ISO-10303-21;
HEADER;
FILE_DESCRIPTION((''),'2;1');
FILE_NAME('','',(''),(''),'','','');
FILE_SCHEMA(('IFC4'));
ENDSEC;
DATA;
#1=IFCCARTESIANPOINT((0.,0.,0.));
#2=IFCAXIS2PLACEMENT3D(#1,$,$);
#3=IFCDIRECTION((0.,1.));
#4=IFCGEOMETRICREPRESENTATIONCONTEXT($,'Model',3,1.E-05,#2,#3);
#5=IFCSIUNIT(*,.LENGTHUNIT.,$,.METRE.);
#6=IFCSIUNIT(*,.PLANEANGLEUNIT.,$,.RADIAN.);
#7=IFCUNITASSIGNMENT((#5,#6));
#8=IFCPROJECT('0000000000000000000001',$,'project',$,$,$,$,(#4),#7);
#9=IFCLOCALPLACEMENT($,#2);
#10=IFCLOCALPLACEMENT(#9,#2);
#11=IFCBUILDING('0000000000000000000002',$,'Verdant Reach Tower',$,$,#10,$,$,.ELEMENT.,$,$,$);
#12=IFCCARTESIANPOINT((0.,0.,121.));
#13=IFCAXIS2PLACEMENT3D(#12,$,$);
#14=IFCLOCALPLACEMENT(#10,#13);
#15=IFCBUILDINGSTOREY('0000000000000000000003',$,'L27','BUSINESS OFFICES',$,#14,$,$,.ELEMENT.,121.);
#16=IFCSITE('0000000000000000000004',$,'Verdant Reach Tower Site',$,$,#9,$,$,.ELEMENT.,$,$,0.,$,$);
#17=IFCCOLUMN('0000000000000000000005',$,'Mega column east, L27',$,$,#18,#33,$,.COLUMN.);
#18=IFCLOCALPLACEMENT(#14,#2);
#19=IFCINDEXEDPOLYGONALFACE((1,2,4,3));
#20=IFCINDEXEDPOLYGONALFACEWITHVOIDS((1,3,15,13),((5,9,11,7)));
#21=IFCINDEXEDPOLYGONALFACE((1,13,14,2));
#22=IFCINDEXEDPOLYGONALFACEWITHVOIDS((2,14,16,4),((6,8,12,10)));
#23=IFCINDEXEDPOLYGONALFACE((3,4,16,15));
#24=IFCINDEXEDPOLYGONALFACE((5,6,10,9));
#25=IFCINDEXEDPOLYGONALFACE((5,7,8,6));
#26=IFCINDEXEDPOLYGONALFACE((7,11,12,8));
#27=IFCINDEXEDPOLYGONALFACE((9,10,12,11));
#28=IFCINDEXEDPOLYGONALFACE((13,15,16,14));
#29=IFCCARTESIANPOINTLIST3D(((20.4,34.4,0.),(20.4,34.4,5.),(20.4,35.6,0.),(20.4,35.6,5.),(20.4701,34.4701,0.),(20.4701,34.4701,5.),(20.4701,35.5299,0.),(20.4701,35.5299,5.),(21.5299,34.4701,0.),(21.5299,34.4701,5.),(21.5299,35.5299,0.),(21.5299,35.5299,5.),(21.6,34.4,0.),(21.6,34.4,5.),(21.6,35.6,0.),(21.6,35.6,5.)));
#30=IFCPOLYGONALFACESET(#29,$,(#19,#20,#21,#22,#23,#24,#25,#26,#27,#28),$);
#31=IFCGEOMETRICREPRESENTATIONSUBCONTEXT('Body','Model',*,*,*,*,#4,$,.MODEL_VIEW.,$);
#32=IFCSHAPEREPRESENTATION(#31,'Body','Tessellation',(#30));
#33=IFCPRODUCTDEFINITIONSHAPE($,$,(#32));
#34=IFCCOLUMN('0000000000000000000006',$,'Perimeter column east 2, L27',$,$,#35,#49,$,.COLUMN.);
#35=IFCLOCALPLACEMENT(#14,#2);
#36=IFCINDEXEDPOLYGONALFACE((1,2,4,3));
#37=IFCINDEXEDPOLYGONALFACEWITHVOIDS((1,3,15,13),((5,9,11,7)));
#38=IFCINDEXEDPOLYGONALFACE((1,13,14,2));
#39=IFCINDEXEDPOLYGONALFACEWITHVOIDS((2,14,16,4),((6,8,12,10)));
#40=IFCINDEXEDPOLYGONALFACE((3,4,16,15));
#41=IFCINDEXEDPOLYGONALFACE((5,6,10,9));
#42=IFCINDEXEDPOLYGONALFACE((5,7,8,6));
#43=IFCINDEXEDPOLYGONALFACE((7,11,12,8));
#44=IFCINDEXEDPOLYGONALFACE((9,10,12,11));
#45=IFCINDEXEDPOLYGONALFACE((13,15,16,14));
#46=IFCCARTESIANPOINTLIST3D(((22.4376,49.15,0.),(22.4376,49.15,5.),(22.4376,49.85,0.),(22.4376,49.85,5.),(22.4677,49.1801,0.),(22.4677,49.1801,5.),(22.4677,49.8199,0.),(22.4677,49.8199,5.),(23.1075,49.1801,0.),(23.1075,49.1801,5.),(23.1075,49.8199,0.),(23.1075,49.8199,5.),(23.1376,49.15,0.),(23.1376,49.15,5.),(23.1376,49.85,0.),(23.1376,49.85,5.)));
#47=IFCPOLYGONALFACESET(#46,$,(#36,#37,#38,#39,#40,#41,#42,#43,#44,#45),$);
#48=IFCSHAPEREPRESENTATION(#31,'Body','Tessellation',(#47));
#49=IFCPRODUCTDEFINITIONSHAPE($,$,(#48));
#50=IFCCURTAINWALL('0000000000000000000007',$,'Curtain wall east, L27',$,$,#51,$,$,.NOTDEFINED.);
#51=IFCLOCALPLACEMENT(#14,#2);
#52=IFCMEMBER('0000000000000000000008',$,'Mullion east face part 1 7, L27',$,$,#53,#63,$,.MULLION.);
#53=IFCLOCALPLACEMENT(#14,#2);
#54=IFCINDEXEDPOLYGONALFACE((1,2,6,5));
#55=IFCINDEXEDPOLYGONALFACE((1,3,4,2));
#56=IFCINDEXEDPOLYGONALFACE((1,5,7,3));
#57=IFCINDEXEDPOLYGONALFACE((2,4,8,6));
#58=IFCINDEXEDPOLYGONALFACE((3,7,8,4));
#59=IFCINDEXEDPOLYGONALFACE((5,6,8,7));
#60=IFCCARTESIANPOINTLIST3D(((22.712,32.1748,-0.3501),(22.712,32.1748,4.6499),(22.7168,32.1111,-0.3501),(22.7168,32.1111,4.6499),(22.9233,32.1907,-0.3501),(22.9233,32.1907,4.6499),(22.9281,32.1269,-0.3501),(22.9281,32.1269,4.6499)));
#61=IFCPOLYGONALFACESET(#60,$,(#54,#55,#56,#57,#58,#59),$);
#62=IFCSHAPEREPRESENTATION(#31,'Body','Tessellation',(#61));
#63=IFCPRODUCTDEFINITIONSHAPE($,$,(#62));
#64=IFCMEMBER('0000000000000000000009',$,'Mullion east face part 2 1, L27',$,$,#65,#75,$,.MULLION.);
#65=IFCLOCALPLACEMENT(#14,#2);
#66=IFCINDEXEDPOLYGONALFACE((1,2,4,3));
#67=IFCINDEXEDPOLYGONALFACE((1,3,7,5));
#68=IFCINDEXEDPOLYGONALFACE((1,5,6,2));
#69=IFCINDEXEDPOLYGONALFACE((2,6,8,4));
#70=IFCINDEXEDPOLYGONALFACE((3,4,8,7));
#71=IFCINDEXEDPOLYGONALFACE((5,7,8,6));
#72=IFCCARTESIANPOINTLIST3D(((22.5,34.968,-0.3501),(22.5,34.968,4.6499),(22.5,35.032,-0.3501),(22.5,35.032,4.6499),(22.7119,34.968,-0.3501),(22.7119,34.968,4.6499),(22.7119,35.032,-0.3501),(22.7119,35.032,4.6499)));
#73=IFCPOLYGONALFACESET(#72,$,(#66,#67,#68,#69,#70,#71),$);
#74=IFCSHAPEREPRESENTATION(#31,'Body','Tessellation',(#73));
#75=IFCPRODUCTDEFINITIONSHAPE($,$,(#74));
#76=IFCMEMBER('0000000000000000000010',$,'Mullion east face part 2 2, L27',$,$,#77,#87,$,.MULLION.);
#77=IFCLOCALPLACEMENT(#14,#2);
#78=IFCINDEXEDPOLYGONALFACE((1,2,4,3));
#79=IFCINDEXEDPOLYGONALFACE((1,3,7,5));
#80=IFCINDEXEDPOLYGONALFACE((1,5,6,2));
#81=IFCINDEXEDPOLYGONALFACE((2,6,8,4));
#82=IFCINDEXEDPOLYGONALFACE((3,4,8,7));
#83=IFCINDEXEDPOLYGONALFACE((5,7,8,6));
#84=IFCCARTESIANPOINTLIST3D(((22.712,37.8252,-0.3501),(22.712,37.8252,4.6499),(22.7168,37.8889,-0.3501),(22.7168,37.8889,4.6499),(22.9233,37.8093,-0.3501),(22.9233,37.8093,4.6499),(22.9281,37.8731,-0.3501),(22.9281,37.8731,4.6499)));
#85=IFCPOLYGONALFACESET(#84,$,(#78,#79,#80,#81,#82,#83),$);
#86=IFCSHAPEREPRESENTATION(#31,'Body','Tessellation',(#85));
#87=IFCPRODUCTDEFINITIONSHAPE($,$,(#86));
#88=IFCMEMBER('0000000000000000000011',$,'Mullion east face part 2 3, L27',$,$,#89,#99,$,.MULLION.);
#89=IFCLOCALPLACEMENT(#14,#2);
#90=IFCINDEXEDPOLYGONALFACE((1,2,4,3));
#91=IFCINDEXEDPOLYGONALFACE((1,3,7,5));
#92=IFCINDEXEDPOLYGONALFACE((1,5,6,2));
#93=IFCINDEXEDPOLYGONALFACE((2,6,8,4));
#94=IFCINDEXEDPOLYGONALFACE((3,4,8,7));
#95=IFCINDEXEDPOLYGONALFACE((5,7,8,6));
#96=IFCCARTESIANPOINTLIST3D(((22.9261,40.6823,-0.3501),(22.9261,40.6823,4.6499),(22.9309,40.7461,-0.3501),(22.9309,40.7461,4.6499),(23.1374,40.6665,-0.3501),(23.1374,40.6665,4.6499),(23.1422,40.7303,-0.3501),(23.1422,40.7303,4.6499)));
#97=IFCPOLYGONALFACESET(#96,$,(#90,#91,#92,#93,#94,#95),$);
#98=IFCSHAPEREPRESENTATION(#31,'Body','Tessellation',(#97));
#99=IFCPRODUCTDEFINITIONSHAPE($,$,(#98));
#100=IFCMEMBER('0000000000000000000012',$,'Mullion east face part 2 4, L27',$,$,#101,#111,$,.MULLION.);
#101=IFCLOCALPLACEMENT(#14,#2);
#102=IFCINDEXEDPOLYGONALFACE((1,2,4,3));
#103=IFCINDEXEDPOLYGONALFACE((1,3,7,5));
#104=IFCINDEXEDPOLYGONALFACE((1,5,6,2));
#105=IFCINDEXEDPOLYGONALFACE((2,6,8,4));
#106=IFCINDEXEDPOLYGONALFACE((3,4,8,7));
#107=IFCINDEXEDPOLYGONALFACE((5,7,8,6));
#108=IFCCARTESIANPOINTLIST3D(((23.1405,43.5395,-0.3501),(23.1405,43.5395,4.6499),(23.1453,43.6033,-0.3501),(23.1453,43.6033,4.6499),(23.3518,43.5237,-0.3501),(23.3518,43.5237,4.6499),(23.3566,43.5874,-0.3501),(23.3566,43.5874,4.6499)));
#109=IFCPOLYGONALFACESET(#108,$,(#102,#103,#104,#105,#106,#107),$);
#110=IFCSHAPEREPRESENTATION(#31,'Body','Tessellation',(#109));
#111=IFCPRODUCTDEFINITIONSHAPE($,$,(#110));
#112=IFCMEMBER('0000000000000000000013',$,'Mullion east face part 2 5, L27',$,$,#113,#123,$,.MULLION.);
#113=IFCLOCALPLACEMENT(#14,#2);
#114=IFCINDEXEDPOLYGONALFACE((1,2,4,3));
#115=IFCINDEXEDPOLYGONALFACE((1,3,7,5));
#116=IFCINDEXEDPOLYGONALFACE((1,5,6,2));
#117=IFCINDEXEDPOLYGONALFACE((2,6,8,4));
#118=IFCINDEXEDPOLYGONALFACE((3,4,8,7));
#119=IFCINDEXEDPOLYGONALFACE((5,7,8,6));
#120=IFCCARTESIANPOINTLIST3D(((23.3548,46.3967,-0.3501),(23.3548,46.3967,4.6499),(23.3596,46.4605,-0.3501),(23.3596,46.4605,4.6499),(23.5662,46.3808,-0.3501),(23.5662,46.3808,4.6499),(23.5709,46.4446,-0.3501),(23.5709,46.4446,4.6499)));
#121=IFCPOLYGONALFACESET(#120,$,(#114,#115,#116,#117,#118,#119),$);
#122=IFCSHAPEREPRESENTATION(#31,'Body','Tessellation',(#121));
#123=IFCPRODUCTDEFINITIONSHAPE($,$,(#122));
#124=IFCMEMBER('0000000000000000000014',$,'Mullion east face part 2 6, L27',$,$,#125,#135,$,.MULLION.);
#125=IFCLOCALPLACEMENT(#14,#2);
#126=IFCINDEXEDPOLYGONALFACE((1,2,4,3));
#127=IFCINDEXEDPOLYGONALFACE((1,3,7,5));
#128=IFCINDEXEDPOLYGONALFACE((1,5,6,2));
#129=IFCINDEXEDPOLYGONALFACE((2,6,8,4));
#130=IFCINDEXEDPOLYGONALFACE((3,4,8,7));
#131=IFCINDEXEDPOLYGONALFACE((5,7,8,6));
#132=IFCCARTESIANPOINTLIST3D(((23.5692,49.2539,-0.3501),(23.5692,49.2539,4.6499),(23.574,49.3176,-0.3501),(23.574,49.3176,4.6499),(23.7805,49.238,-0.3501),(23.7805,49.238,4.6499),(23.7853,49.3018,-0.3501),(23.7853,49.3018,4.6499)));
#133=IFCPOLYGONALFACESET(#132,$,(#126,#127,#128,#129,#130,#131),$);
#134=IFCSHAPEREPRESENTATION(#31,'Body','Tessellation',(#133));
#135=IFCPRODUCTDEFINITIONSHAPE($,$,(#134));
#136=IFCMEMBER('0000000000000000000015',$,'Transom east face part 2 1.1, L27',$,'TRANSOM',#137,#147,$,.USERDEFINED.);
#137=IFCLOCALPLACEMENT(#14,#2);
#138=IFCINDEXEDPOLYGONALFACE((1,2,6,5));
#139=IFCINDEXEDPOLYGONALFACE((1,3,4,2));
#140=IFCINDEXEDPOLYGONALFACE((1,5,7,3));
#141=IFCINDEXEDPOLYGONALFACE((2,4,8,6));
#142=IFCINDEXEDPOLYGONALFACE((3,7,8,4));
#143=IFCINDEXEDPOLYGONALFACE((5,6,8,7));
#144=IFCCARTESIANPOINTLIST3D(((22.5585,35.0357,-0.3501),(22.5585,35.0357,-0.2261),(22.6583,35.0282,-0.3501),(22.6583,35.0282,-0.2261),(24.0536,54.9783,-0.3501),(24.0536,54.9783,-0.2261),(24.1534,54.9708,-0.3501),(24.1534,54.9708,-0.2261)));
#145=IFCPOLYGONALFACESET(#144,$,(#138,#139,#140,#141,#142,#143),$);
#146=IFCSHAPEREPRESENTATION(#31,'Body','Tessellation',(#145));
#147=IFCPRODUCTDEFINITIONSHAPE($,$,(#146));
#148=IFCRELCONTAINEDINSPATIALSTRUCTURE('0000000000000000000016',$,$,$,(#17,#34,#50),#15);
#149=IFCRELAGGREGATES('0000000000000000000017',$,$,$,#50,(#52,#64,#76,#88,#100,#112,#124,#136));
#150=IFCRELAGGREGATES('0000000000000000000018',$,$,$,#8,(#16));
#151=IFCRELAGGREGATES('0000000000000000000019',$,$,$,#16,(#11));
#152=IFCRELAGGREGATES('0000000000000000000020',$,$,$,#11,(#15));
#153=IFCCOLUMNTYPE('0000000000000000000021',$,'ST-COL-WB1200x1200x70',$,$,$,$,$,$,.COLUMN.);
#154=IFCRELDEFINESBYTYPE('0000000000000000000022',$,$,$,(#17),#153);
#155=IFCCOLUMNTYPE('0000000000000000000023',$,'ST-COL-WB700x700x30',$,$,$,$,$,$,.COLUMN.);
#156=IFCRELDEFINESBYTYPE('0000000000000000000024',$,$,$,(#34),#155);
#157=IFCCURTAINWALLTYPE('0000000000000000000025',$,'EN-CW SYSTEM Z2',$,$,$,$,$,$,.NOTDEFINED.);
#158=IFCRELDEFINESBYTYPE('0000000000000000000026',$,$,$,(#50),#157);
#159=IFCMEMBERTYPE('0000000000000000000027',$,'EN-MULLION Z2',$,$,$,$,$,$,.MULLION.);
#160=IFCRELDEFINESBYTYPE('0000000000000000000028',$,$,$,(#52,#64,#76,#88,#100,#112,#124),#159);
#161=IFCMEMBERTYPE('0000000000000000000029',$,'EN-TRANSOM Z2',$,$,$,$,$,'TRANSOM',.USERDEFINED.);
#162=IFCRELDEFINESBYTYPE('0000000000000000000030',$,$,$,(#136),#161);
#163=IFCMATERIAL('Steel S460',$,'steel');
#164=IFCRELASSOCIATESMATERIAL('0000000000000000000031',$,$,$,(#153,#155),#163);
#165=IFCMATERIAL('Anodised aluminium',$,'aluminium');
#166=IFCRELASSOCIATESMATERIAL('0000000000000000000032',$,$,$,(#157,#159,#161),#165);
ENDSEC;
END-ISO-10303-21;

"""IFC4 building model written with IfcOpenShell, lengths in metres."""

from ifc_helpers import new_model, si_unit, direction, frame, origin, origin_2d, place, context, subcontext, project, spatial, rectangle, hollow_rectangle, extrude, material, material_profile, profile_set, type_object, element, aggregate, save


model = new_model("IFC4")

# Units and contexts
model_context = context("Model", 3, precision=1e-05, world=origin(), true_north=direction((0.0, 1.0)))
body_context = subcontext(model_context, "Body", "Model", "MODEL_VIEW")
ifc_project = project(units=[si_unit("LENGTHUNIT", "METRE"), si_unit("PLANEANGLEUNIT", "RADIAN")], contexts=[model_context])

# Site, building, storey
site_placement = place(None, origin())
site = spatial("IfcSite", under=ifc_project, at=site_placement, Name="Verdant Reach Tower Site", CompositionType="ELEMENT", RefElevation=0.0)
building_placement = place(site_placement, origin())
building = spatial("IfcBuilding", under=site, at=building_placement, Name="Verdant Reach Tower", CompositionType="ELEMENT")
storey_placement = place(building_placement, frame((0.0, 0.0, 121.0)))
storey = spatial("IfcBuildingStorey", under=building, at=storey_placement, Name="L27", Description="BUSINESS OFFICES", CompositionType="ELEMENT", Elevation=121.0)

# Columns
ifc_material_1 = material(Name="Steel S460", Category="steel")
ifc_material_profile_1 = material_profile(ifc_material_1, hollow_rectangle(XDim=1.2, YDim=1.2, WallThickness=0.0701, at=origin_2d()), Name="WB 1200x1200x70")
ifc_profile_set_1 = profile_set([ifc_material_profile_1], Name="Steel S460")
column_type_1 = type_object("IfcColumnType", Name="ST-COL-WB1200x1200x70", PredefinedType="COLUMN", material=ifc_profile_set_1)
column_1_placement = place(storey_placement, frame((21.0, 35.0, 0.0), z_axis=(0.0, 0.0, 1.0), x_axis=(1.0, 0.0, 0.0)))
element("IfcColumn", 1, at=column_1_placement, inside=storey, type_object=column_type_1, Name="Mega column east, L27", PredefinedType="COLUMN", context=body_context, shape_type="SweptSolid", body=[
    extrude(hollow_rectangle(XDim=1.2, YDim=1.2, WallThickness=0.0701, at=origin_2d()), origin(), (0.0, 0.0, 1.0), 5.0),
])
ifc_material_profile_2 = material_profile(ifc_material_1, hollow_rectangle(XDim=0.7, YDim=0.7, WallThickness=0.03, at=origin_2d()), Name="WB 700x700x30")
ifc_profile_set_2 = profile_set([ifc_material_profile_2], Name="Steel S460")
column_type_2 = type_object("IfcColumnType", Name="ST-COL-WB700x700x30", PredefinedType="COLUMN", material=ifc_profile_set_2)
column_2_placement = place(storey_placement, frame((22.7876, 49.5, 0.0), z_axis=(0.0, 0.0, 1.0), x_axis=(1.0, 0.0, 0.0)))
element("IfcColumn", 2, at=column_2_placement, inside=storey, type_object=column_type_2, Name="Perimeter column east 2, L27", PredefinedType="COLUMN", context=body_context, shape_type="SweptSolid", body=[
    extrude(hollow_rectangle(XDim=0.7, YDim=0.7, WallThickness=0.03, at=origin_2d()), origin(), (0.0, 0.0, 1.0), 5.0),
])

# Curtain wall, members
ifc_material_2 = material(Name="Anodised aluminium", Category="aluminium")
curtain_wall_type = type_object("IfcCurtainWallType", Name="EN-CW SYSTEM Z2", PredefinedType="NOTDEFINED", material=ifc_material_2)
curtain_wall_placement = place(storey_placement, origin())
curtain_wall = element("IfcCurtainWall", 3, at=curtain_wall_placement, inside=storey, type_object=curtain_wall_type, Name="Curtain wall east, L27", PredefinedType="NOTDEFINED")
ifc_material_profile_3 = material_profile(ifc_material_2, rectangle(XDim=0.2119, YDim=0.064, at=origin_2d()), Name="Mullion 64x212")
ifc_profile_set_3 = profile_set([ifc_material_profile_3], Name="Anodised aluminium")
member_type_1 = type_object("IfcMemberType", Name="EN-MULLION Z2", PredefinedType="MULLION", material=ifc_profile_set_3)
member_1_placement = place(storey_placement, frame((22.8201, 32.1509, -0.3501), z_axis=(0.0, 0.0, 1.0), x_axis=(0.997199, 0.07479, 0.0)))
member_1 = element("IfcMember", 4, at=member_1_placement, type_object=member_type_1, Name="Mullion east face part 1 7, L27", PredefinedType="MULLION", context=body_context, shape_type="SweptSolid", body=[
    extrude(rectangle(XDim=0.2119, YDim=0.064, at=origin_2d()), origin(), (0.0, 0.0, 1.0), 5.0),
])
member_2_placement = place(storey_placement, frame((22.606, 35.0, -0.3501), z_axis=(0.0, 0.0, 1.0), x_axis=(1.0, 0.0, 0.0)))
member_2 = element("IfcMember", 5, at=member_2_placement, type_object=member_type_1, Name="Mullion east face part 2 1, L27", PredefinedType="MULLION", context=body_context, shape_type="SweptSolid", body=[
    extrude(rectangle(XDim=0.2119, YDim=0.064, at=origin_2d()), origin(), (0.0, 0.0, 1.0), 5.0),
])
member_3_placement = place(storey_placement, frame((22.8201, 37.8491, -0.3501), z_axis=(0.0, 0.0, 1.0), x_axis=(0.997199, -0.07479, 0.0)))
member_3 = element("IfcMember", 6, at=member_3_placement, type_object=member_type_1, Name="Mullion east face part 2 2, L27", PredefinedType="MULLION", context=body_context, shape_type="SweptSolid", body=[
    extrude(rectangle(XDim=0.2119, YDim=0.064, at=origin_2d()), origin(), (0.0, 0.0, 1.0), 5.0),
])
member_4_placement = place(storey_placement, frame((23.0342, 40.7063, -0.3501), z_axis=(0.0, 0.0, 1.0), x_axis=(0.997199, -0.07479, 0.0)))
member_4 = element("IfcMember", 7, at=member_4_placement, type_object=member_type_1, Name="Mullion east face part 2 3, L27", PredefinedType="MULLION", context=body_context, shape_type="SweptSolid", body=[
    extrude(rectangle(XDim=0.2119, YDim=0.064, at=origin_2d()), origin(), (0.0, 0.0, 1.0), 5.0),
])
member_5_placement = place(storey_placement, frame((23.2485, 43.5635, -0.3501), z_axis=(0.0, 0.0, 1.0), x_axis=(0.997199, -0.07479, 0.0)))
member_5 = element("IfcMember", 8, at=member_5_placement, type_object=member_type_1, Name="Mullion east face part 2 4, L27", PredefinedType="MULLION", context=body_context, shape_type="SweptSolid", body=[
    extrude(rectangle(XDim=0.2119, YDim=0.064, at=origin_2d()), origin(), (0.0, 0.0, 1.0), 5.0),
])
member_6_placement = place(storey_placement, frame((23.4629, 46.4207, -0.3501), z_axis=(0.0, 0.0, 1.0), x_axis=(0.997199, -0.07479, 0.0)))
member_6 = element("IfcMember", 9, at=member_6_placement, type_object=member_type_1, Name="Mullion east face part 2 5, L27", PredefinedType="MULLION", context=body_context, shape_type="SweptSolid", body=[
    extrude(rectangle(XDim=0.2119, YDim=0.064, at=origin_2d()), origin(), (0.0, 0.0, 1.0), 5.0),
])
member_7_placement = place(storey_placement, frame((23.6772, 49.2778, -0.3501), z_axis=(0.0, 0.0, 1.0), x_axis=(0.997199, -0.07479, 0.0)))
member_7 = element("IfcMember", 10, at=member_7_placement, type_object=member_type_1, Name="Mullion east face part 2 6, L27", PredefinedType="MULLION", context=body_context, shape_type="SweptSolid", body=[
    extrude(rectangle(XDim=0.2119, YDim=0.064, at=origin_2d()), origin(), (0.0, 0.0, 1.0), 5.0),
])
ifc_material_profile_4 = material_profile(ifc_material_2, rectangle(XDim=0.1001, YDim=0.124, at=origin_2d()), Name="Transom 124x100")
ifc_profile_set_4 = profile_set([ifc_material_profile_4], Name="Anodised aluminium")
member_type_2 = type_object("IfcMemberType", Name="EN-TRANSOM Z2", ElementType="TRANSOM", PredefinedType="USERDEFINED", material=ifc_profile_set_4)
member_8_placement = place(storey_placement, frame((22.6084, 35.032, -0.2881), z_axis=(0.074761, 0.997201, 0.0), x_axis=(-0.997201, 0.074761, 0.0)))
member_8 = element("IfcMember", 11, at=member_8_placement, type_object=member_type_2, Name="Transom east face part 2 1.1, L27", ObjectType="TRANSOM", PredefinedType="USERDEFINED", context=body_context, shape_type="SweptSolid", body=[
    extrude(rectangle(XDim=0.1001, YDim=0.124, at=origin_2d()), origin(), (0.0, 0.0, 1.0), 19.9985),
])

aggregate(curtain_wall, [member_1, member_2, member_3, member_4, member_5, member_6, member_7, member_8])

save(model, "model.ifc")
